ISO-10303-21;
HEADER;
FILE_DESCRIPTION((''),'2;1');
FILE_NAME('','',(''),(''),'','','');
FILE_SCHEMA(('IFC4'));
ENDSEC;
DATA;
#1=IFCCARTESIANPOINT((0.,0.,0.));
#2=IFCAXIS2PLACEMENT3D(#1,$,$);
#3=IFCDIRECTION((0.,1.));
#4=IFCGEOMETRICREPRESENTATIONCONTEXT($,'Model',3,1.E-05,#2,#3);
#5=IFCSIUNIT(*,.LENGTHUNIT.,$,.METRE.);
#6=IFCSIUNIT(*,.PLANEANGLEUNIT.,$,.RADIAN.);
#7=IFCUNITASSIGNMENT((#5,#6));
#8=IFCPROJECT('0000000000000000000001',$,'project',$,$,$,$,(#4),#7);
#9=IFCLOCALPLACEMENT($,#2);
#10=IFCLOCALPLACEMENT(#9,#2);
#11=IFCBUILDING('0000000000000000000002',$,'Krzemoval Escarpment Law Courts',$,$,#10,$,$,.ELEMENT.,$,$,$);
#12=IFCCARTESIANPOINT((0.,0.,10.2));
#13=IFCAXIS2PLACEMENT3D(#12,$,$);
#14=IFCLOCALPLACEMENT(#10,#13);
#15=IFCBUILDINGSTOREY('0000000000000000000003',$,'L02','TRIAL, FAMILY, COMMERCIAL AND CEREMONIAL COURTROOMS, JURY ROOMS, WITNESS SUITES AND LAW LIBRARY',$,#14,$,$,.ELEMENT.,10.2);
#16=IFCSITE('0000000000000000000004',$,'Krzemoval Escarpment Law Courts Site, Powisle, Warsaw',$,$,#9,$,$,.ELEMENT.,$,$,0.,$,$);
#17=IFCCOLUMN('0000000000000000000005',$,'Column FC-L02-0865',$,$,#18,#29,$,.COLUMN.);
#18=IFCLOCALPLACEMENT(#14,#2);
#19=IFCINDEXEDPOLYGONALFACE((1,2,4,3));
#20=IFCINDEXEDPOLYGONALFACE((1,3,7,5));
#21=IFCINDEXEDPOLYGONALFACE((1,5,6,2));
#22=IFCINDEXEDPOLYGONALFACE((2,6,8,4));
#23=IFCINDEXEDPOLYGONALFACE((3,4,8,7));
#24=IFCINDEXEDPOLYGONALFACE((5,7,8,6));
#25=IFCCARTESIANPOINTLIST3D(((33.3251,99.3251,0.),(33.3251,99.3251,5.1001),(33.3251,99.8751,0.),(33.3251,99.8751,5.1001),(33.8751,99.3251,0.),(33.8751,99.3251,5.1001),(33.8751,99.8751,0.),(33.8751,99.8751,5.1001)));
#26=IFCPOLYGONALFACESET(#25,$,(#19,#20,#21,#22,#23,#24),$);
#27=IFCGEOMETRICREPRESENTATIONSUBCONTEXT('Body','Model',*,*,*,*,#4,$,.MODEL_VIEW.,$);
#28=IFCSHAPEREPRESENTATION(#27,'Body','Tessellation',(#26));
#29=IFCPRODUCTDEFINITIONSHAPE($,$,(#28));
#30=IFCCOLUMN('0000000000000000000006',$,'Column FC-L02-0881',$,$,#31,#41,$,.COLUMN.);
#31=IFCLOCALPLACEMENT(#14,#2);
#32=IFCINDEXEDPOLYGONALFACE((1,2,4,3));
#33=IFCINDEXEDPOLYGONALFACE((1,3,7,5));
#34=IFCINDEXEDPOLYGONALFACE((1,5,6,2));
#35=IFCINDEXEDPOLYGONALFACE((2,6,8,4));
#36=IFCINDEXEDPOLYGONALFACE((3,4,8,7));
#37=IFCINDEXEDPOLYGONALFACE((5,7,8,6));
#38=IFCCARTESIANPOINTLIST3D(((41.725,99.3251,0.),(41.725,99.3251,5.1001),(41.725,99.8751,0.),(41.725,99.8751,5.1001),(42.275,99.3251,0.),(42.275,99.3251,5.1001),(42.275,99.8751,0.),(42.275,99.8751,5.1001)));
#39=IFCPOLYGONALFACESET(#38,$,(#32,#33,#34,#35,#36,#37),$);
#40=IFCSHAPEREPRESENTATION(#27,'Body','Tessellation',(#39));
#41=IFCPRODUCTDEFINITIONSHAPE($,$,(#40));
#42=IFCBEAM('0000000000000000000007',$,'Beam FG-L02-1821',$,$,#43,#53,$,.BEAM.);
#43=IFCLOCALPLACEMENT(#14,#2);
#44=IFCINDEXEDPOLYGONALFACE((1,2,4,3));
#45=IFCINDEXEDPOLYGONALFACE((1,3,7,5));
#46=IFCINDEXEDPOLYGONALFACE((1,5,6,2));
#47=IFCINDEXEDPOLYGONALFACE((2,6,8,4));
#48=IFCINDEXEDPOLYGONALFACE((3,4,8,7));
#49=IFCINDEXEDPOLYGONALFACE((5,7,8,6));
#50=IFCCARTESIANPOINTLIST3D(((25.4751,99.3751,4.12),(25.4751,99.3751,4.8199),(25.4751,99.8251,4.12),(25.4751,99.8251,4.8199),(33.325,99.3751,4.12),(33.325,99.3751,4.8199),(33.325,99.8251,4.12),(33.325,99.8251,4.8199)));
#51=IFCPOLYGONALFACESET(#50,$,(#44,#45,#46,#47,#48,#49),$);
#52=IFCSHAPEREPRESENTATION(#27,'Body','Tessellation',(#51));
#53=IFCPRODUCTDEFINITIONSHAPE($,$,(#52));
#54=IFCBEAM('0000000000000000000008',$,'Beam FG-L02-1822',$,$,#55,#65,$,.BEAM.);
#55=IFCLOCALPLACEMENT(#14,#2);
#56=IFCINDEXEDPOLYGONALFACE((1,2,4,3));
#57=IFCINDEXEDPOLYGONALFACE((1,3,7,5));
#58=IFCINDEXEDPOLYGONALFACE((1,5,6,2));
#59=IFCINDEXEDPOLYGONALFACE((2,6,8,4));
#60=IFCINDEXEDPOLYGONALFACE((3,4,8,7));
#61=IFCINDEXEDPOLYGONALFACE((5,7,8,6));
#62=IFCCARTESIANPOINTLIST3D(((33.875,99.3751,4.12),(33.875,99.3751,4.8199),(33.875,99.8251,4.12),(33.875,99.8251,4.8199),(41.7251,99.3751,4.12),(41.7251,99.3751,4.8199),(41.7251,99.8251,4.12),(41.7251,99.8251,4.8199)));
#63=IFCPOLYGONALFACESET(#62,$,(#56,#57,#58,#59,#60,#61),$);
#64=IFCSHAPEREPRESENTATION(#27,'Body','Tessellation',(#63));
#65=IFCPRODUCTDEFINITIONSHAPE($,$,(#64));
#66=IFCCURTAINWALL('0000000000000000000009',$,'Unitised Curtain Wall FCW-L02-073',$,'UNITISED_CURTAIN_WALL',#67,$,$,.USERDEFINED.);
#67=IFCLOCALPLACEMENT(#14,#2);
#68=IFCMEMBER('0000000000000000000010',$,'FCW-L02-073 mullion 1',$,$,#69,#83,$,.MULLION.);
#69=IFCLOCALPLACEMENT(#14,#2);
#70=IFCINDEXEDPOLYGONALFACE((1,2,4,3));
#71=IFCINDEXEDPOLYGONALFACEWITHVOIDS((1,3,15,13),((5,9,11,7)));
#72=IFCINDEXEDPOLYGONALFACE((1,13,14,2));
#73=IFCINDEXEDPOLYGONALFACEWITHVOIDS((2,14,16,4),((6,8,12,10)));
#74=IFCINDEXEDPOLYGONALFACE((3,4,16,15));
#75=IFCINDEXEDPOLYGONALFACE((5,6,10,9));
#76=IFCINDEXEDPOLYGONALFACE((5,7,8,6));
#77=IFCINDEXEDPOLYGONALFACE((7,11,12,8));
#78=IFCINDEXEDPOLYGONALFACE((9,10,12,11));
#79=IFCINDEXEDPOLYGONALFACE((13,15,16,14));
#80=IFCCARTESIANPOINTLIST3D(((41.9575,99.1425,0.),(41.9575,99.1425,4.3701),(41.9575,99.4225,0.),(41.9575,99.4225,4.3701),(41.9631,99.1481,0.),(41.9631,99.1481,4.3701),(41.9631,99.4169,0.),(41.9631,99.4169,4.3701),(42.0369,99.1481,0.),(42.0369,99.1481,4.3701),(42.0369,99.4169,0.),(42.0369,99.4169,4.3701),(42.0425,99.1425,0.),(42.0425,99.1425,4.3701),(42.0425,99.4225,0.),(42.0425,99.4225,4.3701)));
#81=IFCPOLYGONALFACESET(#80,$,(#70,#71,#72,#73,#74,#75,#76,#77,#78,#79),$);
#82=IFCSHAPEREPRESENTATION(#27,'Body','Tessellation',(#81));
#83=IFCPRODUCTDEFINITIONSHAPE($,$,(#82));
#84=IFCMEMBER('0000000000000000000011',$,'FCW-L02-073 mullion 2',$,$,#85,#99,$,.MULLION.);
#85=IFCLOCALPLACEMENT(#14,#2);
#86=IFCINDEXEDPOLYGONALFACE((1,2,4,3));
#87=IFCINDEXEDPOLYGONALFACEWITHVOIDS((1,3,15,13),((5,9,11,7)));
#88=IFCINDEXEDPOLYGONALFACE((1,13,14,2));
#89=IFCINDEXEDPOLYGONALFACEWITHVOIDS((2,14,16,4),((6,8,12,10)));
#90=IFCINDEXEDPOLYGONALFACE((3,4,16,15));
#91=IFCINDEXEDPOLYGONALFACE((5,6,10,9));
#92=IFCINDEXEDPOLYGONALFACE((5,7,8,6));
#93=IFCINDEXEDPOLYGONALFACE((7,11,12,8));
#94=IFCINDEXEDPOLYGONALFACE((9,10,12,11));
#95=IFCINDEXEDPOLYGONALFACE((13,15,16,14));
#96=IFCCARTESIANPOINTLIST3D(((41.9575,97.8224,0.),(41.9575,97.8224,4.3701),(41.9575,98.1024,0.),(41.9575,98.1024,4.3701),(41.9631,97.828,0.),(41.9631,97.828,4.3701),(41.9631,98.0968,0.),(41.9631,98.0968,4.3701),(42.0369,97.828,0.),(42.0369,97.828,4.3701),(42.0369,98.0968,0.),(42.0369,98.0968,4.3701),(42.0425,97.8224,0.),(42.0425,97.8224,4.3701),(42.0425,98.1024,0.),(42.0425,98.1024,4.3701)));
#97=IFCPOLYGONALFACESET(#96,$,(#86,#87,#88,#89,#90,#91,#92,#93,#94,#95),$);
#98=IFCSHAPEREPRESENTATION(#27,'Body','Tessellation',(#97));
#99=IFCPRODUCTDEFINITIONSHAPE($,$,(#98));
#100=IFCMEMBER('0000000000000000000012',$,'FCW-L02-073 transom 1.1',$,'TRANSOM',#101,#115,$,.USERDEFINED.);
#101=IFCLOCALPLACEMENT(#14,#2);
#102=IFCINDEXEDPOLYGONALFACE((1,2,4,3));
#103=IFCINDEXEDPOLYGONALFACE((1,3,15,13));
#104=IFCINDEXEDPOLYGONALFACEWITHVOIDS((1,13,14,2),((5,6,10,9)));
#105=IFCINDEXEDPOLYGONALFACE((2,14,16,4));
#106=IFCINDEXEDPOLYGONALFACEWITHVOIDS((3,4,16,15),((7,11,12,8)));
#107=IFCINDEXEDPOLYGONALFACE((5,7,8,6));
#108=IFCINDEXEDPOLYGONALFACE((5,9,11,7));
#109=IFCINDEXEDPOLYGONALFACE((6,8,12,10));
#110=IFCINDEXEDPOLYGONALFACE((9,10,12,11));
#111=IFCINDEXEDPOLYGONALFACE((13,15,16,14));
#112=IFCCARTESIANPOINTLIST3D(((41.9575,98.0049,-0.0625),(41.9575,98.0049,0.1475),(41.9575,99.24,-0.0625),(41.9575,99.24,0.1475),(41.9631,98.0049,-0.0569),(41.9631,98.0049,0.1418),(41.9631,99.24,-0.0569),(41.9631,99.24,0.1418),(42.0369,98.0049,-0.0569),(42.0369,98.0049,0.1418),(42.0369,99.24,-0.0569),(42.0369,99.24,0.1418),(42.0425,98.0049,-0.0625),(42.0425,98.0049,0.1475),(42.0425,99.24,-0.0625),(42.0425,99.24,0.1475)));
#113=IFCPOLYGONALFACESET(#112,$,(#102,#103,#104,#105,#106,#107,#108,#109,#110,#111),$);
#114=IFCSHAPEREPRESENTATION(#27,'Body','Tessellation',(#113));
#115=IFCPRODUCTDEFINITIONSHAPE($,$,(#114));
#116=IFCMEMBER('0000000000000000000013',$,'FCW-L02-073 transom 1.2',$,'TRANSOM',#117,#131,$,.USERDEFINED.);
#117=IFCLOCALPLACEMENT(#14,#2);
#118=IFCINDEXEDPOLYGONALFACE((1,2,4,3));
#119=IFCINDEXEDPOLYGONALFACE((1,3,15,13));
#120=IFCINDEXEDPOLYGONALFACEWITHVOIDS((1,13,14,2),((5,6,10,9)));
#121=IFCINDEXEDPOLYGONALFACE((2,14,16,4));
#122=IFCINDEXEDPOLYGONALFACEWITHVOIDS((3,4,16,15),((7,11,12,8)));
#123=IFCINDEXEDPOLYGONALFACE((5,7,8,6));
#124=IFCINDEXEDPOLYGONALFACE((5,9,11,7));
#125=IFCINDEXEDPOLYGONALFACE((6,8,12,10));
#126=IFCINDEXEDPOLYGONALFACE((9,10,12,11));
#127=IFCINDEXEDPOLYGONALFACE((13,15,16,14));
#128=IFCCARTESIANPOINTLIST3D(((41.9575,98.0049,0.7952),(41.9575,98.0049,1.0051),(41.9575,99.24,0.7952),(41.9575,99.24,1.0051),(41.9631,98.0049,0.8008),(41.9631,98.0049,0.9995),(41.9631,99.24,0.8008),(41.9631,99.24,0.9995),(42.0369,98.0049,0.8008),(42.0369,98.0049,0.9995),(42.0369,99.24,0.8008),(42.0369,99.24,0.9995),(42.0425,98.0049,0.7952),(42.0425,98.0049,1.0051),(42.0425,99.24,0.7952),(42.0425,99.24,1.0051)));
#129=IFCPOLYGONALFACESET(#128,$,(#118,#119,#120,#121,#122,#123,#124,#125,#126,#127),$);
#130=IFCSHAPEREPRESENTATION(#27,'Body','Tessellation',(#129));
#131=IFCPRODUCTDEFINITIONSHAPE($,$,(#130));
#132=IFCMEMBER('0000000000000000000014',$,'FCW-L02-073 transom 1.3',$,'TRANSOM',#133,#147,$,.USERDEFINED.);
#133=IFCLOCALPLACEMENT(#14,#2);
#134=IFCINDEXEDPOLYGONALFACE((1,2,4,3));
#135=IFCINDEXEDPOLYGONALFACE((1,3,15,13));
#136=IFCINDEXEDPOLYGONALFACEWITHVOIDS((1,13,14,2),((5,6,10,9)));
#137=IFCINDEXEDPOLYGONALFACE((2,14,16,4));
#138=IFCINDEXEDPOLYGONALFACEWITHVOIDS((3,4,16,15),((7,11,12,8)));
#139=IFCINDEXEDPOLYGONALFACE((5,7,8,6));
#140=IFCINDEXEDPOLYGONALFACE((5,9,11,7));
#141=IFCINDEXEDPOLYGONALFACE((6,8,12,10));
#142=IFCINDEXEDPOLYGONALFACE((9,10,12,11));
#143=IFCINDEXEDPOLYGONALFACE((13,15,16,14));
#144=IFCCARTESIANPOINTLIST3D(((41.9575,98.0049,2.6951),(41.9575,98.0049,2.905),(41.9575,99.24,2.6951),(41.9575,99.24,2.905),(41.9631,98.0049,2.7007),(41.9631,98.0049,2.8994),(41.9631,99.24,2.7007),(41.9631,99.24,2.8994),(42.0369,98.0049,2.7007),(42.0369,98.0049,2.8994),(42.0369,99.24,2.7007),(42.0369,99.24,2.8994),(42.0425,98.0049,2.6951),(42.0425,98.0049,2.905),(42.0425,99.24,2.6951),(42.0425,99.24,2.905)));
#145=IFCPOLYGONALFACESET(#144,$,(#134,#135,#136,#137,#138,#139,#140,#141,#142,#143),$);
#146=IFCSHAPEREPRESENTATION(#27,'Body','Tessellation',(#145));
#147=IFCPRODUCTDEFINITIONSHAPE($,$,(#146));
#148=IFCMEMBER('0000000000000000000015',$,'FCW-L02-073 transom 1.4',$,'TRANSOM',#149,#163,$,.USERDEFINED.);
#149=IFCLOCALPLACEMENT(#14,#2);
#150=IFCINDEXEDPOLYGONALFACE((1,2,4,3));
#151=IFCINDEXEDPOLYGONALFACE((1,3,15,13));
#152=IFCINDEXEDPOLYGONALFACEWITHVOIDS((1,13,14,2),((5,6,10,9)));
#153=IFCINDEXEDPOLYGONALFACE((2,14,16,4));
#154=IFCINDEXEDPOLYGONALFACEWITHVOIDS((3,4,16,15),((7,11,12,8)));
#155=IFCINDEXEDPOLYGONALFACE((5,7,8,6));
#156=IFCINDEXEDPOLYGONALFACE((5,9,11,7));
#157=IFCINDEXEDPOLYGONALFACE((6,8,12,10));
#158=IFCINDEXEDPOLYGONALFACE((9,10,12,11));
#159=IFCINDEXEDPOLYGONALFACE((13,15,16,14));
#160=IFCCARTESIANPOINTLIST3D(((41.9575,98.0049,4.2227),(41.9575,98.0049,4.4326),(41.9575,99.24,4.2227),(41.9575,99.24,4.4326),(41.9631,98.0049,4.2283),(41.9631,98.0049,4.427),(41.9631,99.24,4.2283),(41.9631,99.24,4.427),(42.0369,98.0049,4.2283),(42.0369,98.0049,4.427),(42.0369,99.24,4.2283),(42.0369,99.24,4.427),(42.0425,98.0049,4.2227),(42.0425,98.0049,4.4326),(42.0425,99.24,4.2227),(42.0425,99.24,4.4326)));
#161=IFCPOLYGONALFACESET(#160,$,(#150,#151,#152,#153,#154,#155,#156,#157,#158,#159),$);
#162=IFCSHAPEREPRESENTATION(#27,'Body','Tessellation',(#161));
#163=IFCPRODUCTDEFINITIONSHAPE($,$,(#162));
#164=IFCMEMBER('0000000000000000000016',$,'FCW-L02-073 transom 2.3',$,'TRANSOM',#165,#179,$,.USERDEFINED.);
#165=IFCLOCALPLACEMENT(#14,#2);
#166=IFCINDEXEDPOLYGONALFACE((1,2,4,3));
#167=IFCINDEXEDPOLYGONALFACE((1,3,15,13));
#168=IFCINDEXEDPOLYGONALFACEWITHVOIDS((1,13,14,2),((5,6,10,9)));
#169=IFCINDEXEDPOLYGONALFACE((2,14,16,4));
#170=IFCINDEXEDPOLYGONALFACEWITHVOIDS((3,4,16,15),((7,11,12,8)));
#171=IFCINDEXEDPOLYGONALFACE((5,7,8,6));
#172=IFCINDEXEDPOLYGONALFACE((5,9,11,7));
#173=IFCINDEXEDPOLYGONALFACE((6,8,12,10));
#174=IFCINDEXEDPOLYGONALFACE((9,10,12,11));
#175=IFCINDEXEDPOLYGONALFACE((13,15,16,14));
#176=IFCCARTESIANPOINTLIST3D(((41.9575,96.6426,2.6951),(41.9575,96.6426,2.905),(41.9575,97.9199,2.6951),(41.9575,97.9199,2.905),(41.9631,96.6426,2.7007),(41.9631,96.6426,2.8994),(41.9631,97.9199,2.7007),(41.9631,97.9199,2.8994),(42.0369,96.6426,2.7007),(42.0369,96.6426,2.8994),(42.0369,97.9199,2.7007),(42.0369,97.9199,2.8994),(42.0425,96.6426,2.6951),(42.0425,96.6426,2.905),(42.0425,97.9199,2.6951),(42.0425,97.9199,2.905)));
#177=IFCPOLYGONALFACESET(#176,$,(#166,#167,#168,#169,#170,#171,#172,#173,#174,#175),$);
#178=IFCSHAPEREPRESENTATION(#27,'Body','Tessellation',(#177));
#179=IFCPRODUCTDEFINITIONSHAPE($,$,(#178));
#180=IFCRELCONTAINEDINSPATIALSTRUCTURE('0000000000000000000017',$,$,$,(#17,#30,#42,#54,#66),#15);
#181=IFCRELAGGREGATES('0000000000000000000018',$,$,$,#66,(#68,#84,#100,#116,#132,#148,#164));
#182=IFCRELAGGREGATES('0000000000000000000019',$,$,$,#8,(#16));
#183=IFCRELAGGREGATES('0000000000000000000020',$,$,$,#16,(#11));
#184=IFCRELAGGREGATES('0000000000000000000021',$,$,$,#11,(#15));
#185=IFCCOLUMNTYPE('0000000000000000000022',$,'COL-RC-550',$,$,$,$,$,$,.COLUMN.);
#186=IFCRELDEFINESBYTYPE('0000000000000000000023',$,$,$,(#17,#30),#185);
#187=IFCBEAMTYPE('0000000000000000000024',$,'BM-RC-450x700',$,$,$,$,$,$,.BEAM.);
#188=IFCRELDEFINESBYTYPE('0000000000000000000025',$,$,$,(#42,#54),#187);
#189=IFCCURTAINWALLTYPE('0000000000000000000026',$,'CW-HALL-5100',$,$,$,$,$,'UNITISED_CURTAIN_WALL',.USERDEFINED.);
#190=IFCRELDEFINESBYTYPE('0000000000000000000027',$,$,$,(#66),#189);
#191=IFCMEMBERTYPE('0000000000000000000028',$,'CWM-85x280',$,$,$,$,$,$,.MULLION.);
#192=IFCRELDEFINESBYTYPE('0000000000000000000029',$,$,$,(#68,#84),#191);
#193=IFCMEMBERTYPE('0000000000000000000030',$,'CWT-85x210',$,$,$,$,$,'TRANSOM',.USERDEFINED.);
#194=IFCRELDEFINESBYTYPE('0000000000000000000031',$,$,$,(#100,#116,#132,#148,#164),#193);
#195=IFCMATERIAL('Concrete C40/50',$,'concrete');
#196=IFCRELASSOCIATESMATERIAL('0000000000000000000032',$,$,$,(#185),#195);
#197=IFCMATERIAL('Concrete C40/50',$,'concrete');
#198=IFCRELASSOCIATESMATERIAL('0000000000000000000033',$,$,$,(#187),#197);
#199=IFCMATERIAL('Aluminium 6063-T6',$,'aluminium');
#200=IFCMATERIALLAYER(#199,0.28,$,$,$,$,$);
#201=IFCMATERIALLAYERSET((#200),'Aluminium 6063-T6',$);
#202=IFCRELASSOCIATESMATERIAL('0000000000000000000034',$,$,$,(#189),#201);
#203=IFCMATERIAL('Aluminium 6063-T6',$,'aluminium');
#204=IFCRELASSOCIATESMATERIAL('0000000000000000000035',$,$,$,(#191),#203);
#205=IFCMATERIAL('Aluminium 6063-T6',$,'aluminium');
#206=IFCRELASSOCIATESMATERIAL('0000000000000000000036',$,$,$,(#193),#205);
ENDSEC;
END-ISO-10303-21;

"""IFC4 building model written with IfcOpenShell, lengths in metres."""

from ifc_helpers import new_model, si_unit, direction, frame, origin, origin_2d, place, context, subcontext, project, spatial, rectangle, hollow_rectangle, extrude, material, layer, layer_set, material_profile, profile_set, type_object, element, aggregate, save


model = new_model("IFC4")

# Units and contexts
model_context = context("Model", 3, precision=1e-05, world=origin(), true_north=direction((0.0, 1.0)))
body_context = subcontext(model_context, "Body", "Model", "MODEL_VIEW")
ifc_project = project(units=[si_unit("LENGTHUNIT", "METRE"), si_unit("PLANEANGLEUNIT", "RADIAN")], contexts=[model_context])

# Site, building, storey
site_placement = place(None, origin())
site = spatial("IfcSite", under=ifc_project, at=site_placement, Name="Krzemoval Escarpment Law Courts Site, Powisle, Warsaw", CompositionType="ELEMENT", RefElevation=0.0)
building_placement = place(site_placement, origin())
building = spatial("IfcBuilding", under=site, at=building_placement, Name="Krzemoval Escarpment Law Courts", CompositionType="ELEMENT")
storey_placement = place(building_placement, frame((0.0, 0.0, 10.2)))
storey = spatial("IfcBuildingStorey", under=building, at=storey_placement, Name="L02", Description="TRIAL, FAMILY, COMMERCIAL AND CEREMONIAL COURTROOMS, JURY ROOMS, WITNESS SUITES AND LAW LIBRARY", CompositionType="ELEMENT", Elevation=10.2)

# Columns
ifc_material_1 = material(Name="Concrete C40/50", Category="concrete")
ifc_material_profile_1 = material_profile(ifc_material_1, rectangle(XDim=0.55, YDim=0.55, at=origin_2d()), Name="RC 550x550")
ifc_profile_set_1 = profile_set([ifc_material_profile_1], Name="Concrete C40/50")
column_type = type_object("IfcColumnType", Name="COL-RC-550", PredefinedType="COLUMN", material=ifc_profile_set_1)
for number, where, z_axis, x_axis, name in (
    (1, (33.6001, 99.6001, 0.0), (0.0, 0.0, 1.0), (1.0, 0.0, 0.0), "Column FC-L02-0865"),
    (2, (42.0, 99.6001, 0.0), (0.0, 0.0, 1.0), (1.0, 0.0, 0.0), "Column FC-L02-0881"),
):
    element("IfcColumn", number, at=place(storey_placement, frame(where, z_axis=z_axis, x_axis=x_axis)), inside=storey, type_object=column_type, Name=name, PredefinedType="COLUMN", context=body_context, shape_type="SweptSolid", body=[
        extrude(rectangle(XDim=0.55, YDim=0.55, at=origin_2d()), origin(), (0.0, 0.0, 1.0), 5.1001),
    ])

# Beams
ifc_material_2 = material(Name="Concrete C40/50", Category="concrete")
ifc_material_profile_2 = material_profile(ifc_material_2, rectangle(XDim=0.45, YDim=0.7, at=origin_2d()), Name="RCB 450x700")
ifc_profile_set_2 = profile_set([ifc_material_profile_2], Name="Concrete C40/50")
beam_type = type_object("IfcBeamType", Name="BM-RC-450x700", PredefinedType="BEAM", material=ifc_profile_set_2)
beam_1_placement = place(storey_placement, frame((25.4751, 99.6001, 4.47), z_axis=(1.0, 0.0, 0.0), x_axis=(0.0, 1.0, 0.0)))
element("IfcBeam", 3, at=beam_1_placement, inside=storey, type_object=beam_type, Name="Beam FG-L02-1821", PredefinedType="BEAM", context=body_context, shape_type="SweptSolid", body=[
    extrude(rectangle(XDim=0.45, YDim=0.7, at=origin_2d()), origin(), (0.0, 0.0, 1.0), 7.8499),
])
beam_2_placement = place(storey_placement, frame((33.875, 99.6001, 4.47), z_axis=(1.0, 0.0, 0.0), x_axis=(0.0, 1.0, 0.0)))
element("IfcBeam", 4, at=beam_2_placement, inside=storey, type_object=beam_type, Name="Beam FG-L02-1822", PredefinedType="BEAM", context=body_context, shape_type="SweptSolid", body=[
    extrude(rectangle(XDim=0.45, YDim=0.7, at=origin_2d()), origin(), (0.0, 0.0, 1.0), 7.8501),
])

# Curtain wall, members
ifc_material_3 = material(Name="Aluminium 6063-T6", Category="aluminium")
ifc_layer_1 = layer(ifc_material_3, 0.28)
ifc_layer_set_1 = layer_set([ifc_layer_1], Name="Aluminium 6063-T6")
curtain_wall_type = type_object("IfcCurtainWallType", Name="CW-HALL-5100", ElementType="UNITISED_CURTAIN_WALL", PredefinedType="USERDEFINED", material=ifc_layer_set_1)
curtain_wall_placement = place(storey_placement, origin())
curtain_wall = element("IfcCurtainWall", 5, at=curtain_wall_placement, inside=storey, type_object=curtain_wall_type, Name="Unitised Curtain Wall FCW-L02-073", ObjectType="UNITISED_CURTAIN_WALL", PredefinedType="USERDEFINED")
ifc_material_4 = material(Name="Aluminium 6063-T6", Category="aluminium")
ifc_material_profile_3 = material_profile(ifc_material_4, hollow_rectangle(XDim=0.085, YDim=0.28, WallThickness=0.0056, at=origin_2d()), Name="ALU M85x280")
ifc_profile_set_3 = profile_set([ifc_material_profile_3], Name="Aluminium 6063-T6")
member_type_1 = type_object("IfcMemberType", Name="CWM-85x280", PredefinedType="MULLION", material=ifc_profile_set_3)
member_1_placement = place(storey_placement, frame((42.0, 99.2825, 0.0), z_axis=(0.0, 0.0, 1.0), x_axis=(1.0, 0.0, 0.0)))
member_1 = element("IfcMember", 6, at=member_1_placement, type_object=member_type_1, Name="FCW-L02-073 mullion 1", PredefinedType="MULLION", context=body_context, shape_type="SweptSolid", body=[
    extrude(hollow_rectangle(XDim=0.085, YDim=0.28, WallThickness=0.0056, at=origin_2d()), origin(), (0.0, 0.0, 1.0), 4.3701),
])
member_2_placement = place(storey_placement, frame((42.0, 97.9624, 0.0), z_axis=(0.0, 0.0, 1.0), x_axis=(1.0, 0.0, 0.0)))
member_2 = element("IfcMember", 7, at=member_2_placement, type_object=member_type_1, Name="FCW-L02-073 mullion 2", PredefinedType="MULLION", context=body_context, shape_type="SweptSolid", body=[
    extrude(hollow_rectangle(XDim=0.085, YDim=0.28, WallThickness=0.0056, at=origin_2d()), origin(), (0.0, 0.0, 1.0), 4.3701),
])
ifc_material_5 = material(Name="Aluminium 6063-T6", Category="aluminium")
ifc_material_profile_4 = material_profile(ifc_material_5, hollow_rectangle(XDim=0.085, YDim=0.21, WallThickness=0.0056, at=origin_2d()), Name="ALU T85x210")
ifc_profile_set_4 = profile_set([ifc_material_profile_4], Name="Aluminium 6063-T6")
member_type_2 = type_object("IfcMemberType", Name="CWT-85x210", ElementType="TRANSOM", PredefinedType="USERDEFINED", material=ifc_profile_set_4)
member_3_placement = place(storey_placement, frame((42.0, 99.24, 0.0425), z_axis=(0.0, -1.0, 0.0), x_axis=(1.0, 0.0, 0.0)))
member_3 = element("IfcMember", 8, at=member_3_placement, type_object=member_type_2, Name="FCW-L02-073 transom 1.1", ObjectType="TRANSOM", PredefinedType="USERDEFINED", context=body_context, shape_type="SweptSolid", body=[
    extrude(hollow_rectangle(XDim=0.085, YDim=0.21, WallThickness=0.0056, at=origin_2d()), origin(), (0.0, 0.0, 1.0), 1.2351),
])
member_4_placement = place(storey_placement, frame((42.0, 99.24, 0.9001), z_axis=(0.0, -1.0, 0.0), x_axis=(1.0, 0.0, 0.0)))
member_4 = element("IfcMember", 9, at=member_4_placement, type_object=member_type_2, Name="FCW-L02-073 transom 1.2", ObjectType="TRANSOM", PredefinedType="USERDEFINED", context=body_context, shape_type="SweptSolid", body=[
    extrude(hollow_rectangle(XDim=0.085, YDim=0.21, WallThickness=0.0056, at=origin_2d()), origin(), (0.0, 0.0, 1.0), 1.2351),
])
member_5_placement = place(storey_placement, frame((42.0, 99.24, 2.8), z_axis=(0.0, -1.0, 0.0), x_axis=(1.0, 0.0, 0.0)))
member_5 = element("IfcMember", 10, at=member_5_placement, type_object=member_type_2, Name="FCW-L02-073 transom 1.3", ObjectType="TRANSOM", PredefinedType="USERDEFINED", context=body_context, shape_type="SweptSolid", body=[
    extrude(hollow_rectangle(XDim=0.085, YDim=0.21, WallThickness=0.0056, at=origin_2d()), origin(), (0.0, 0.0, 1.0), 1.2351),
])
member_6_placement = place(storey_placement, frame((42.0, 99.24, 4.3276), z_axis=(0.0, -1.0, 0.0), x_axis=(1.0, 0.0, 0.0)))
member_6 = element("IfcMember", 11, at=member_6_placement, type_object=member_type_2, Name="FCW-L02-073 transom 1.4", ObjectType="TRANSOM", PredefinedType="USERDEFINED", context=body_context, shape_type="SweptSolid", body=[
    extrude(hollow_rectangle(XDim=0.085, YDim=0.21, WallThickness=0.0056, at=origin_2d()), origin(), (0.0, 0.0, 1.0), 1.2351),
])
member_7_placement = place(storey_placement, frame((42.0, 97.9199, 2.8), z_axis=(0.0, -1.0, 0.0), x_axis=(1.0, 0.0, 0.0)))
member_7 = element("IfcMember", 12, at=member_7_placement, type_object=member_type_2, Name="FCW-L02-073 transom 2.3", ObjectType="TRANSOM", PredefinedType="USERDEFINED", context=body_context, shape_type="SweptSolid", body=[
    extrude(hollow_rectangle(XDim=0.085, YDim=0.21, WallThickness=0.0056, at=origin_2d()), origin(), (0.0, 0.0, 1.0), 1.2773),
])

aggregate(curtain_wall, [member_1, member_2, member_3, member_4, member_5, member_6, member_7])

save(model, "model.ifc")
